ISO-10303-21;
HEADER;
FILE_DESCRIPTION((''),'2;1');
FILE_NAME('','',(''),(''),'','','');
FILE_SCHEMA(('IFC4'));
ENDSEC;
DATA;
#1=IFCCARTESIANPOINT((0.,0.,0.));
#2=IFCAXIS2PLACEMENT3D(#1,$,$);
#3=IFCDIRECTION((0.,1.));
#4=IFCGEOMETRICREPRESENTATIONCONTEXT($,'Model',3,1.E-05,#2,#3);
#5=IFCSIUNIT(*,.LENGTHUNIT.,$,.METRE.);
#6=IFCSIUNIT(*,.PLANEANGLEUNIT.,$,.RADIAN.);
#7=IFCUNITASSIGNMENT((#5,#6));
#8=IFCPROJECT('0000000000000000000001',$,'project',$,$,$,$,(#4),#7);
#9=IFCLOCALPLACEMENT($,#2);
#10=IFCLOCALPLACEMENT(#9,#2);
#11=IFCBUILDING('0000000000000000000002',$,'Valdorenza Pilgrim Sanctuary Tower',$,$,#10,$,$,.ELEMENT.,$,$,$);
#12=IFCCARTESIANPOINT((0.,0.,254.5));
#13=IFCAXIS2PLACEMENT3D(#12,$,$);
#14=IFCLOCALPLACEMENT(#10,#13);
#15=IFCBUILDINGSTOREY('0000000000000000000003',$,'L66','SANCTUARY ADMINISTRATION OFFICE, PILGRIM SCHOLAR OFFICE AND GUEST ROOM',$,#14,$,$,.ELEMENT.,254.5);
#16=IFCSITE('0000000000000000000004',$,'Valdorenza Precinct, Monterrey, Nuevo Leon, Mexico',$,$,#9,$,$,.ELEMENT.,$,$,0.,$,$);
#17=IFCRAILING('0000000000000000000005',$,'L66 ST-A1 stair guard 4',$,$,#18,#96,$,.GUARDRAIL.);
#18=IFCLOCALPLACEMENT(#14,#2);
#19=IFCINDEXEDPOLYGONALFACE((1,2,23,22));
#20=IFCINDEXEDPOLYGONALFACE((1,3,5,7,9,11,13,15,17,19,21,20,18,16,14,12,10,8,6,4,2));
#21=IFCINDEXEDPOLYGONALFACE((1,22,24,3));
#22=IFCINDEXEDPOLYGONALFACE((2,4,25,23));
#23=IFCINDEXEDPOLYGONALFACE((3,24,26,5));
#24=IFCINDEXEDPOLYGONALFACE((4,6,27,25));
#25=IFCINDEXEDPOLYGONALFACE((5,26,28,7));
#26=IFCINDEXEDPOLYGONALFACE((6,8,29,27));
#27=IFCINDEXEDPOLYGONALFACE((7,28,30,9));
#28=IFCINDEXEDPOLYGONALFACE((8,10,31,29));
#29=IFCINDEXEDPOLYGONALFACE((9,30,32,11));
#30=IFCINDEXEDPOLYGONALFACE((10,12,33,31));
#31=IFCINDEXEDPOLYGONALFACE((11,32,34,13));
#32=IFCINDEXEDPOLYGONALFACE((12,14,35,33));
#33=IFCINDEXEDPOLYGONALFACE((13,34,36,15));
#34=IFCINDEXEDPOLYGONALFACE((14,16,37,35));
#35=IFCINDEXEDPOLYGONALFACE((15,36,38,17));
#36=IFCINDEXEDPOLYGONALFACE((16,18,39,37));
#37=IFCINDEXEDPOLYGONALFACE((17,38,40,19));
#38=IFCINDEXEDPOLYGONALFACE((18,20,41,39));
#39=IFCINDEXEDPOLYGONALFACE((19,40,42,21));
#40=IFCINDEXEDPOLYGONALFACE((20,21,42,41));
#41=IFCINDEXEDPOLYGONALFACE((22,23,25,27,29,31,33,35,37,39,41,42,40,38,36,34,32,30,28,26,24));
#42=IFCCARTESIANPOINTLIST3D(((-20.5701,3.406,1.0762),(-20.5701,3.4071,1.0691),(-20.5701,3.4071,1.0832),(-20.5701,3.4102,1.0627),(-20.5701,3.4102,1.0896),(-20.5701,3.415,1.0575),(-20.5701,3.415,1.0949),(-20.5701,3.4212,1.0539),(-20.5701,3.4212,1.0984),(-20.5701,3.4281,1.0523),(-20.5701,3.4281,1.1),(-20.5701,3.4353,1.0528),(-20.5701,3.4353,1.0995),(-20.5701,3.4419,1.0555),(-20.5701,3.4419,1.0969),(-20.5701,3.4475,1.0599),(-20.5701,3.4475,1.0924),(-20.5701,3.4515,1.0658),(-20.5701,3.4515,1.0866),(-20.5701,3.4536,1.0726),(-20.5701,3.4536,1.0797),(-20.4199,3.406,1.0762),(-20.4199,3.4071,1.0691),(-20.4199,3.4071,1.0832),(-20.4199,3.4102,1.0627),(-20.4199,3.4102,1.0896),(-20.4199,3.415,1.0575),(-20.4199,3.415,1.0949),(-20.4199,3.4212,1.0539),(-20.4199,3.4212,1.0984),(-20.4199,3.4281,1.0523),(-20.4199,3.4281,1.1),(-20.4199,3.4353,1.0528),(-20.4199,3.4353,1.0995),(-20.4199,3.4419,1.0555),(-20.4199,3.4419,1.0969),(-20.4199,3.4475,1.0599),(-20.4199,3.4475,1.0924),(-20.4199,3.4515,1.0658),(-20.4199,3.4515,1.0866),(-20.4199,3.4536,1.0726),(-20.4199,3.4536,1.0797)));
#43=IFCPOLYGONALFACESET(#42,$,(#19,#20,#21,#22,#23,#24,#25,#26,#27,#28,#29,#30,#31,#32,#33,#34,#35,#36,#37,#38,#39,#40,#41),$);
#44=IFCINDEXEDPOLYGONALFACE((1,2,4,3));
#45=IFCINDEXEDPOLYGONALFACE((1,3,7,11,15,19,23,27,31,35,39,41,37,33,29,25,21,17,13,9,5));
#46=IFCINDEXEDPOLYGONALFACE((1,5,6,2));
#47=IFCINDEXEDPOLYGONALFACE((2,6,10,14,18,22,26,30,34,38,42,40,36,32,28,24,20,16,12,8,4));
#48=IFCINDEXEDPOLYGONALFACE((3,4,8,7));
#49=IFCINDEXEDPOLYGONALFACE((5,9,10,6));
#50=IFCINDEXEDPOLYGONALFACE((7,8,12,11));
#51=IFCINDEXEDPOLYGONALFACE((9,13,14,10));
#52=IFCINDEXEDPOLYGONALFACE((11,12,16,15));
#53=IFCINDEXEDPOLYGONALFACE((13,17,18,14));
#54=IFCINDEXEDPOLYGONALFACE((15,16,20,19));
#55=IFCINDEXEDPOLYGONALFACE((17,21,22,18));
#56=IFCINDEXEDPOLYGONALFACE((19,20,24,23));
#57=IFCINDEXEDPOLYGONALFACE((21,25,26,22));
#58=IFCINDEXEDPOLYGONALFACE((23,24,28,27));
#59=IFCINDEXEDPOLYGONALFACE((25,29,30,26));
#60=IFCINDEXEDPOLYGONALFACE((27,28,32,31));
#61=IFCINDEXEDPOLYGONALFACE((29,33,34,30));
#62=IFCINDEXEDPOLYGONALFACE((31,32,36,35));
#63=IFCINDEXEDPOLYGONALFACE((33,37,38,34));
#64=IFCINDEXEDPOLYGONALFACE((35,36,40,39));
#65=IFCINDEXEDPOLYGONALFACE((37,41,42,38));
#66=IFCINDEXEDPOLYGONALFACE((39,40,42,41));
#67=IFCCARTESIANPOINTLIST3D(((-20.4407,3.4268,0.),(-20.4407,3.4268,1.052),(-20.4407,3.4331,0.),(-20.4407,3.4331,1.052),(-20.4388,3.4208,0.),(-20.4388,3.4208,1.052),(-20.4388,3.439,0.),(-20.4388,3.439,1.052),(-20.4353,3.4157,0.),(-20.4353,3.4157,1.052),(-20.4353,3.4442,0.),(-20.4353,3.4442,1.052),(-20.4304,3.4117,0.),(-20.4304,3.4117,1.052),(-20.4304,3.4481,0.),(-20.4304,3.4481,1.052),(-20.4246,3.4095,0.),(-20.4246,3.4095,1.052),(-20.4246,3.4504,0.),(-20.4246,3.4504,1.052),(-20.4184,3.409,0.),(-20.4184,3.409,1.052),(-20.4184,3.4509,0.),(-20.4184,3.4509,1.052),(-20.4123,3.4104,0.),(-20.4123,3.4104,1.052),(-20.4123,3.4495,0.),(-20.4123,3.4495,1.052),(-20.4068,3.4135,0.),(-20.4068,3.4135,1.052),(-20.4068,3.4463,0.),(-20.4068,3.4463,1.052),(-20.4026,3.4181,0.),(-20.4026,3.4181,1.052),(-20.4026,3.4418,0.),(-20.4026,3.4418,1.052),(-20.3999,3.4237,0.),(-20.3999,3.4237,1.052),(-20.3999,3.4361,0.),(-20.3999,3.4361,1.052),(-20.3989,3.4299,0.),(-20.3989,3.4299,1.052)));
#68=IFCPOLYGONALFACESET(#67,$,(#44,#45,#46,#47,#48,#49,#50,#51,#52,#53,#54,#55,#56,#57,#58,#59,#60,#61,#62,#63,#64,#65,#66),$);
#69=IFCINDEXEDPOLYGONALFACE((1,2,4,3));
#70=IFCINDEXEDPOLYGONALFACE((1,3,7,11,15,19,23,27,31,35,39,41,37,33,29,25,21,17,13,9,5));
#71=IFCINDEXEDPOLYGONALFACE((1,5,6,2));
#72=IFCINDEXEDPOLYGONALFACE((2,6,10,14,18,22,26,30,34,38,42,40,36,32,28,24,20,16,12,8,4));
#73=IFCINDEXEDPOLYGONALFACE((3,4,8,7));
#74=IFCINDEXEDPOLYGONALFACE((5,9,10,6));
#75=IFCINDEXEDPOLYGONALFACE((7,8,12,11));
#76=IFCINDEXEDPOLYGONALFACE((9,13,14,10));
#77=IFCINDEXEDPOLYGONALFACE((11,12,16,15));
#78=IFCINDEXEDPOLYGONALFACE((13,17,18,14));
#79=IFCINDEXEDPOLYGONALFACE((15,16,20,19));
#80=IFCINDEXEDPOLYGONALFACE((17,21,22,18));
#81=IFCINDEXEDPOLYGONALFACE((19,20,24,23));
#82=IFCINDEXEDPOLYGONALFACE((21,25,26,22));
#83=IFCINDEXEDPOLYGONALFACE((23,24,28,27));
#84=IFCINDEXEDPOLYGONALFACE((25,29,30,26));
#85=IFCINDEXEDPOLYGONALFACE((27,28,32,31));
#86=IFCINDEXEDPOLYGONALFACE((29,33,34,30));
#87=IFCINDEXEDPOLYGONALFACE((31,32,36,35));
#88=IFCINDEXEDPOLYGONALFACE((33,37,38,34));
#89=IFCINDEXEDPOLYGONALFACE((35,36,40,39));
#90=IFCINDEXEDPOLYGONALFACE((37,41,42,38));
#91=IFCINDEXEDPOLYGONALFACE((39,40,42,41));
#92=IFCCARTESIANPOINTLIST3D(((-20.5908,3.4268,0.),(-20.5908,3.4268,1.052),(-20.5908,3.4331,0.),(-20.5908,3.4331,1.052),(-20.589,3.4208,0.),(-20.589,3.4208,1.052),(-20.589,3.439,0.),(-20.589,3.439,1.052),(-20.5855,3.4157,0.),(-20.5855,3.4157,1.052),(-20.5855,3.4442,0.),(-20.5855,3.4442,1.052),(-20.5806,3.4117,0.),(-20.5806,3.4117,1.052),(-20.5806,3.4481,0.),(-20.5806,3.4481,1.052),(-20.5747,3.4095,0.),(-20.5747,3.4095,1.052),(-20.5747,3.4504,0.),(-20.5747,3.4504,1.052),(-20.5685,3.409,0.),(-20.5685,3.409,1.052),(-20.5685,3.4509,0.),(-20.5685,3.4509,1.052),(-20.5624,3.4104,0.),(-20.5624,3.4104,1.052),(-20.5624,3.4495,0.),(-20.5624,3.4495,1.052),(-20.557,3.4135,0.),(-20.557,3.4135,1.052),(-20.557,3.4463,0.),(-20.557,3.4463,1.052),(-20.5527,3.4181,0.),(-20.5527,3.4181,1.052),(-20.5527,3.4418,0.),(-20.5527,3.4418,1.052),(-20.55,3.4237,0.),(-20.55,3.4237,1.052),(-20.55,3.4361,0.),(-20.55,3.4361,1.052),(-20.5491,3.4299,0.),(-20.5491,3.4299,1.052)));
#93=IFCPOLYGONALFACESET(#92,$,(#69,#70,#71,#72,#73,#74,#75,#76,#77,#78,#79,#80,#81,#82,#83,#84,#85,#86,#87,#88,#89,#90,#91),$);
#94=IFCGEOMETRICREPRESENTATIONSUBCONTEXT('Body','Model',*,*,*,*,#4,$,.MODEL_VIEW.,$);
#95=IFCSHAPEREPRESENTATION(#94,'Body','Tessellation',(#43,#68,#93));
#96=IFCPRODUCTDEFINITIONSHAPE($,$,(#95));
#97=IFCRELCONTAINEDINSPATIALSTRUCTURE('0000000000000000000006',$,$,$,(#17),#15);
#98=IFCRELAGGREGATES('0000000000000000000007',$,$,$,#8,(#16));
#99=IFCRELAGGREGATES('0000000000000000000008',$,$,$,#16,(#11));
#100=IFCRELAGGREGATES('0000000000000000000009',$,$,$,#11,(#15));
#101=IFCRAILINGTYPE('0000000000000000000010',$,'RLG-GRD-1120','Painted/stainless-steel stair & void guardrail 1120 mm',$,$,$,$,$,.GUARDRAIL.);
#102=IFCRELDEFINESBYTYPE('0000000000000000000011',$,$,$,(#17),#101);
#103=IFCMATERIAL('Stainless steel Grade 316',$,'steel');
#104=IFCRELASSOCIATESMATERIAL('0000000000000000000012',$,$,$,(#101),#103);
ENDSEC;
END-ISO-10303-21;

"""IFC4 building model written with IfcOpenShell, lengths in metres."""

from ifc_helpers import new_model, si_unit, direction, frame, origin, origin_2d, place, context, subcontext, project, spatial, circle, extrude, material, type_object, element, save


model = new_model("IFC4")

# Units and contexts
model_context = context("Model", 3, precision=1e-05, world=origin(), true_north=direction((0.0, 1.0)))
body_context = subcontext(model_context, "Body", "Model", "MODEL_VIEW")
ifc_project = project(units=[si_unit("LENGTHUNIT", "METRE"), si_unit("PLANEANGLEUNIT", "RADIAN")], contexts=[model_context])

# Site, building, storey
site_placement = place(None, origin())
site = spatial("IfcSite", under=ifc_project, at=site_placement, Name="Valdorenza Precinct, Monterrey, Nuevo Leon, Mexico", CompositionType="ELEMENT", RefElevation=0.0)
building_placement = place(site_placement, origin())
building = spatial("IfcBuilding", under=site, at=building_placement, Name="Valdorenza Pilgrim Sanctuary Tower", CompositionType="ELEMENT")
storey_placement = place(building_placement, frame((0.0, 0.0, 254.5)))
storey = spatial("IfcBuildingStorey", under=building, at=storey_placement, Name="L66", Description="SANCTUARY ADMINISTRATION OFFICE, PILGRIM SCHOLAR OFFICE AND GUEST ROOM", CompositionType="ELEMENT", Elevation=254.5)

# Railing
ifc_material_1 = material(Name="Stainless steel Grade 316", Category="steel")
railing_type_1 = type_object("IfcRailingType", Name="RLG-GRD-1120", Description="Painted/stainless-steel stair & void guardrail 1120 mm", PredefinedType="GUARDRAIL", material=ifc_material_1)
railing_1_placement = place(storey_placement, frame((-20.4199, 3.4299, 0.0)))
element("IfcRailing", 1, at=railing_1_placement, inside=storey, type_object=railing_type_1, Name="L66 ST-A1 stair guard 4", PredefinedType="GUARDRAIL", context=body_context, shape_type="SweptSolid", body=[
    extrude(circle(Radius=0.0239, at=origin_2d()), frame((0.0, 0.0, 1.0762), z_axis=(-1.0, 0.0, 0.0), x_axis=(0.0, -1.0, 0.0)), (0.0, 0.0, 1.0), 0.1501),
    extrude(circle(Radius=0.021, at=origin_2d()), origin(), (0.0, 0.0, 1.0), 1.052),
    extrude(circle(Radius=0.021, at=origin_2d()), frame((-0.1501, 0.0, 0.0)), (0.0, 0.0, 1.0), 1.052),
])

save(model, "model.ifc")
